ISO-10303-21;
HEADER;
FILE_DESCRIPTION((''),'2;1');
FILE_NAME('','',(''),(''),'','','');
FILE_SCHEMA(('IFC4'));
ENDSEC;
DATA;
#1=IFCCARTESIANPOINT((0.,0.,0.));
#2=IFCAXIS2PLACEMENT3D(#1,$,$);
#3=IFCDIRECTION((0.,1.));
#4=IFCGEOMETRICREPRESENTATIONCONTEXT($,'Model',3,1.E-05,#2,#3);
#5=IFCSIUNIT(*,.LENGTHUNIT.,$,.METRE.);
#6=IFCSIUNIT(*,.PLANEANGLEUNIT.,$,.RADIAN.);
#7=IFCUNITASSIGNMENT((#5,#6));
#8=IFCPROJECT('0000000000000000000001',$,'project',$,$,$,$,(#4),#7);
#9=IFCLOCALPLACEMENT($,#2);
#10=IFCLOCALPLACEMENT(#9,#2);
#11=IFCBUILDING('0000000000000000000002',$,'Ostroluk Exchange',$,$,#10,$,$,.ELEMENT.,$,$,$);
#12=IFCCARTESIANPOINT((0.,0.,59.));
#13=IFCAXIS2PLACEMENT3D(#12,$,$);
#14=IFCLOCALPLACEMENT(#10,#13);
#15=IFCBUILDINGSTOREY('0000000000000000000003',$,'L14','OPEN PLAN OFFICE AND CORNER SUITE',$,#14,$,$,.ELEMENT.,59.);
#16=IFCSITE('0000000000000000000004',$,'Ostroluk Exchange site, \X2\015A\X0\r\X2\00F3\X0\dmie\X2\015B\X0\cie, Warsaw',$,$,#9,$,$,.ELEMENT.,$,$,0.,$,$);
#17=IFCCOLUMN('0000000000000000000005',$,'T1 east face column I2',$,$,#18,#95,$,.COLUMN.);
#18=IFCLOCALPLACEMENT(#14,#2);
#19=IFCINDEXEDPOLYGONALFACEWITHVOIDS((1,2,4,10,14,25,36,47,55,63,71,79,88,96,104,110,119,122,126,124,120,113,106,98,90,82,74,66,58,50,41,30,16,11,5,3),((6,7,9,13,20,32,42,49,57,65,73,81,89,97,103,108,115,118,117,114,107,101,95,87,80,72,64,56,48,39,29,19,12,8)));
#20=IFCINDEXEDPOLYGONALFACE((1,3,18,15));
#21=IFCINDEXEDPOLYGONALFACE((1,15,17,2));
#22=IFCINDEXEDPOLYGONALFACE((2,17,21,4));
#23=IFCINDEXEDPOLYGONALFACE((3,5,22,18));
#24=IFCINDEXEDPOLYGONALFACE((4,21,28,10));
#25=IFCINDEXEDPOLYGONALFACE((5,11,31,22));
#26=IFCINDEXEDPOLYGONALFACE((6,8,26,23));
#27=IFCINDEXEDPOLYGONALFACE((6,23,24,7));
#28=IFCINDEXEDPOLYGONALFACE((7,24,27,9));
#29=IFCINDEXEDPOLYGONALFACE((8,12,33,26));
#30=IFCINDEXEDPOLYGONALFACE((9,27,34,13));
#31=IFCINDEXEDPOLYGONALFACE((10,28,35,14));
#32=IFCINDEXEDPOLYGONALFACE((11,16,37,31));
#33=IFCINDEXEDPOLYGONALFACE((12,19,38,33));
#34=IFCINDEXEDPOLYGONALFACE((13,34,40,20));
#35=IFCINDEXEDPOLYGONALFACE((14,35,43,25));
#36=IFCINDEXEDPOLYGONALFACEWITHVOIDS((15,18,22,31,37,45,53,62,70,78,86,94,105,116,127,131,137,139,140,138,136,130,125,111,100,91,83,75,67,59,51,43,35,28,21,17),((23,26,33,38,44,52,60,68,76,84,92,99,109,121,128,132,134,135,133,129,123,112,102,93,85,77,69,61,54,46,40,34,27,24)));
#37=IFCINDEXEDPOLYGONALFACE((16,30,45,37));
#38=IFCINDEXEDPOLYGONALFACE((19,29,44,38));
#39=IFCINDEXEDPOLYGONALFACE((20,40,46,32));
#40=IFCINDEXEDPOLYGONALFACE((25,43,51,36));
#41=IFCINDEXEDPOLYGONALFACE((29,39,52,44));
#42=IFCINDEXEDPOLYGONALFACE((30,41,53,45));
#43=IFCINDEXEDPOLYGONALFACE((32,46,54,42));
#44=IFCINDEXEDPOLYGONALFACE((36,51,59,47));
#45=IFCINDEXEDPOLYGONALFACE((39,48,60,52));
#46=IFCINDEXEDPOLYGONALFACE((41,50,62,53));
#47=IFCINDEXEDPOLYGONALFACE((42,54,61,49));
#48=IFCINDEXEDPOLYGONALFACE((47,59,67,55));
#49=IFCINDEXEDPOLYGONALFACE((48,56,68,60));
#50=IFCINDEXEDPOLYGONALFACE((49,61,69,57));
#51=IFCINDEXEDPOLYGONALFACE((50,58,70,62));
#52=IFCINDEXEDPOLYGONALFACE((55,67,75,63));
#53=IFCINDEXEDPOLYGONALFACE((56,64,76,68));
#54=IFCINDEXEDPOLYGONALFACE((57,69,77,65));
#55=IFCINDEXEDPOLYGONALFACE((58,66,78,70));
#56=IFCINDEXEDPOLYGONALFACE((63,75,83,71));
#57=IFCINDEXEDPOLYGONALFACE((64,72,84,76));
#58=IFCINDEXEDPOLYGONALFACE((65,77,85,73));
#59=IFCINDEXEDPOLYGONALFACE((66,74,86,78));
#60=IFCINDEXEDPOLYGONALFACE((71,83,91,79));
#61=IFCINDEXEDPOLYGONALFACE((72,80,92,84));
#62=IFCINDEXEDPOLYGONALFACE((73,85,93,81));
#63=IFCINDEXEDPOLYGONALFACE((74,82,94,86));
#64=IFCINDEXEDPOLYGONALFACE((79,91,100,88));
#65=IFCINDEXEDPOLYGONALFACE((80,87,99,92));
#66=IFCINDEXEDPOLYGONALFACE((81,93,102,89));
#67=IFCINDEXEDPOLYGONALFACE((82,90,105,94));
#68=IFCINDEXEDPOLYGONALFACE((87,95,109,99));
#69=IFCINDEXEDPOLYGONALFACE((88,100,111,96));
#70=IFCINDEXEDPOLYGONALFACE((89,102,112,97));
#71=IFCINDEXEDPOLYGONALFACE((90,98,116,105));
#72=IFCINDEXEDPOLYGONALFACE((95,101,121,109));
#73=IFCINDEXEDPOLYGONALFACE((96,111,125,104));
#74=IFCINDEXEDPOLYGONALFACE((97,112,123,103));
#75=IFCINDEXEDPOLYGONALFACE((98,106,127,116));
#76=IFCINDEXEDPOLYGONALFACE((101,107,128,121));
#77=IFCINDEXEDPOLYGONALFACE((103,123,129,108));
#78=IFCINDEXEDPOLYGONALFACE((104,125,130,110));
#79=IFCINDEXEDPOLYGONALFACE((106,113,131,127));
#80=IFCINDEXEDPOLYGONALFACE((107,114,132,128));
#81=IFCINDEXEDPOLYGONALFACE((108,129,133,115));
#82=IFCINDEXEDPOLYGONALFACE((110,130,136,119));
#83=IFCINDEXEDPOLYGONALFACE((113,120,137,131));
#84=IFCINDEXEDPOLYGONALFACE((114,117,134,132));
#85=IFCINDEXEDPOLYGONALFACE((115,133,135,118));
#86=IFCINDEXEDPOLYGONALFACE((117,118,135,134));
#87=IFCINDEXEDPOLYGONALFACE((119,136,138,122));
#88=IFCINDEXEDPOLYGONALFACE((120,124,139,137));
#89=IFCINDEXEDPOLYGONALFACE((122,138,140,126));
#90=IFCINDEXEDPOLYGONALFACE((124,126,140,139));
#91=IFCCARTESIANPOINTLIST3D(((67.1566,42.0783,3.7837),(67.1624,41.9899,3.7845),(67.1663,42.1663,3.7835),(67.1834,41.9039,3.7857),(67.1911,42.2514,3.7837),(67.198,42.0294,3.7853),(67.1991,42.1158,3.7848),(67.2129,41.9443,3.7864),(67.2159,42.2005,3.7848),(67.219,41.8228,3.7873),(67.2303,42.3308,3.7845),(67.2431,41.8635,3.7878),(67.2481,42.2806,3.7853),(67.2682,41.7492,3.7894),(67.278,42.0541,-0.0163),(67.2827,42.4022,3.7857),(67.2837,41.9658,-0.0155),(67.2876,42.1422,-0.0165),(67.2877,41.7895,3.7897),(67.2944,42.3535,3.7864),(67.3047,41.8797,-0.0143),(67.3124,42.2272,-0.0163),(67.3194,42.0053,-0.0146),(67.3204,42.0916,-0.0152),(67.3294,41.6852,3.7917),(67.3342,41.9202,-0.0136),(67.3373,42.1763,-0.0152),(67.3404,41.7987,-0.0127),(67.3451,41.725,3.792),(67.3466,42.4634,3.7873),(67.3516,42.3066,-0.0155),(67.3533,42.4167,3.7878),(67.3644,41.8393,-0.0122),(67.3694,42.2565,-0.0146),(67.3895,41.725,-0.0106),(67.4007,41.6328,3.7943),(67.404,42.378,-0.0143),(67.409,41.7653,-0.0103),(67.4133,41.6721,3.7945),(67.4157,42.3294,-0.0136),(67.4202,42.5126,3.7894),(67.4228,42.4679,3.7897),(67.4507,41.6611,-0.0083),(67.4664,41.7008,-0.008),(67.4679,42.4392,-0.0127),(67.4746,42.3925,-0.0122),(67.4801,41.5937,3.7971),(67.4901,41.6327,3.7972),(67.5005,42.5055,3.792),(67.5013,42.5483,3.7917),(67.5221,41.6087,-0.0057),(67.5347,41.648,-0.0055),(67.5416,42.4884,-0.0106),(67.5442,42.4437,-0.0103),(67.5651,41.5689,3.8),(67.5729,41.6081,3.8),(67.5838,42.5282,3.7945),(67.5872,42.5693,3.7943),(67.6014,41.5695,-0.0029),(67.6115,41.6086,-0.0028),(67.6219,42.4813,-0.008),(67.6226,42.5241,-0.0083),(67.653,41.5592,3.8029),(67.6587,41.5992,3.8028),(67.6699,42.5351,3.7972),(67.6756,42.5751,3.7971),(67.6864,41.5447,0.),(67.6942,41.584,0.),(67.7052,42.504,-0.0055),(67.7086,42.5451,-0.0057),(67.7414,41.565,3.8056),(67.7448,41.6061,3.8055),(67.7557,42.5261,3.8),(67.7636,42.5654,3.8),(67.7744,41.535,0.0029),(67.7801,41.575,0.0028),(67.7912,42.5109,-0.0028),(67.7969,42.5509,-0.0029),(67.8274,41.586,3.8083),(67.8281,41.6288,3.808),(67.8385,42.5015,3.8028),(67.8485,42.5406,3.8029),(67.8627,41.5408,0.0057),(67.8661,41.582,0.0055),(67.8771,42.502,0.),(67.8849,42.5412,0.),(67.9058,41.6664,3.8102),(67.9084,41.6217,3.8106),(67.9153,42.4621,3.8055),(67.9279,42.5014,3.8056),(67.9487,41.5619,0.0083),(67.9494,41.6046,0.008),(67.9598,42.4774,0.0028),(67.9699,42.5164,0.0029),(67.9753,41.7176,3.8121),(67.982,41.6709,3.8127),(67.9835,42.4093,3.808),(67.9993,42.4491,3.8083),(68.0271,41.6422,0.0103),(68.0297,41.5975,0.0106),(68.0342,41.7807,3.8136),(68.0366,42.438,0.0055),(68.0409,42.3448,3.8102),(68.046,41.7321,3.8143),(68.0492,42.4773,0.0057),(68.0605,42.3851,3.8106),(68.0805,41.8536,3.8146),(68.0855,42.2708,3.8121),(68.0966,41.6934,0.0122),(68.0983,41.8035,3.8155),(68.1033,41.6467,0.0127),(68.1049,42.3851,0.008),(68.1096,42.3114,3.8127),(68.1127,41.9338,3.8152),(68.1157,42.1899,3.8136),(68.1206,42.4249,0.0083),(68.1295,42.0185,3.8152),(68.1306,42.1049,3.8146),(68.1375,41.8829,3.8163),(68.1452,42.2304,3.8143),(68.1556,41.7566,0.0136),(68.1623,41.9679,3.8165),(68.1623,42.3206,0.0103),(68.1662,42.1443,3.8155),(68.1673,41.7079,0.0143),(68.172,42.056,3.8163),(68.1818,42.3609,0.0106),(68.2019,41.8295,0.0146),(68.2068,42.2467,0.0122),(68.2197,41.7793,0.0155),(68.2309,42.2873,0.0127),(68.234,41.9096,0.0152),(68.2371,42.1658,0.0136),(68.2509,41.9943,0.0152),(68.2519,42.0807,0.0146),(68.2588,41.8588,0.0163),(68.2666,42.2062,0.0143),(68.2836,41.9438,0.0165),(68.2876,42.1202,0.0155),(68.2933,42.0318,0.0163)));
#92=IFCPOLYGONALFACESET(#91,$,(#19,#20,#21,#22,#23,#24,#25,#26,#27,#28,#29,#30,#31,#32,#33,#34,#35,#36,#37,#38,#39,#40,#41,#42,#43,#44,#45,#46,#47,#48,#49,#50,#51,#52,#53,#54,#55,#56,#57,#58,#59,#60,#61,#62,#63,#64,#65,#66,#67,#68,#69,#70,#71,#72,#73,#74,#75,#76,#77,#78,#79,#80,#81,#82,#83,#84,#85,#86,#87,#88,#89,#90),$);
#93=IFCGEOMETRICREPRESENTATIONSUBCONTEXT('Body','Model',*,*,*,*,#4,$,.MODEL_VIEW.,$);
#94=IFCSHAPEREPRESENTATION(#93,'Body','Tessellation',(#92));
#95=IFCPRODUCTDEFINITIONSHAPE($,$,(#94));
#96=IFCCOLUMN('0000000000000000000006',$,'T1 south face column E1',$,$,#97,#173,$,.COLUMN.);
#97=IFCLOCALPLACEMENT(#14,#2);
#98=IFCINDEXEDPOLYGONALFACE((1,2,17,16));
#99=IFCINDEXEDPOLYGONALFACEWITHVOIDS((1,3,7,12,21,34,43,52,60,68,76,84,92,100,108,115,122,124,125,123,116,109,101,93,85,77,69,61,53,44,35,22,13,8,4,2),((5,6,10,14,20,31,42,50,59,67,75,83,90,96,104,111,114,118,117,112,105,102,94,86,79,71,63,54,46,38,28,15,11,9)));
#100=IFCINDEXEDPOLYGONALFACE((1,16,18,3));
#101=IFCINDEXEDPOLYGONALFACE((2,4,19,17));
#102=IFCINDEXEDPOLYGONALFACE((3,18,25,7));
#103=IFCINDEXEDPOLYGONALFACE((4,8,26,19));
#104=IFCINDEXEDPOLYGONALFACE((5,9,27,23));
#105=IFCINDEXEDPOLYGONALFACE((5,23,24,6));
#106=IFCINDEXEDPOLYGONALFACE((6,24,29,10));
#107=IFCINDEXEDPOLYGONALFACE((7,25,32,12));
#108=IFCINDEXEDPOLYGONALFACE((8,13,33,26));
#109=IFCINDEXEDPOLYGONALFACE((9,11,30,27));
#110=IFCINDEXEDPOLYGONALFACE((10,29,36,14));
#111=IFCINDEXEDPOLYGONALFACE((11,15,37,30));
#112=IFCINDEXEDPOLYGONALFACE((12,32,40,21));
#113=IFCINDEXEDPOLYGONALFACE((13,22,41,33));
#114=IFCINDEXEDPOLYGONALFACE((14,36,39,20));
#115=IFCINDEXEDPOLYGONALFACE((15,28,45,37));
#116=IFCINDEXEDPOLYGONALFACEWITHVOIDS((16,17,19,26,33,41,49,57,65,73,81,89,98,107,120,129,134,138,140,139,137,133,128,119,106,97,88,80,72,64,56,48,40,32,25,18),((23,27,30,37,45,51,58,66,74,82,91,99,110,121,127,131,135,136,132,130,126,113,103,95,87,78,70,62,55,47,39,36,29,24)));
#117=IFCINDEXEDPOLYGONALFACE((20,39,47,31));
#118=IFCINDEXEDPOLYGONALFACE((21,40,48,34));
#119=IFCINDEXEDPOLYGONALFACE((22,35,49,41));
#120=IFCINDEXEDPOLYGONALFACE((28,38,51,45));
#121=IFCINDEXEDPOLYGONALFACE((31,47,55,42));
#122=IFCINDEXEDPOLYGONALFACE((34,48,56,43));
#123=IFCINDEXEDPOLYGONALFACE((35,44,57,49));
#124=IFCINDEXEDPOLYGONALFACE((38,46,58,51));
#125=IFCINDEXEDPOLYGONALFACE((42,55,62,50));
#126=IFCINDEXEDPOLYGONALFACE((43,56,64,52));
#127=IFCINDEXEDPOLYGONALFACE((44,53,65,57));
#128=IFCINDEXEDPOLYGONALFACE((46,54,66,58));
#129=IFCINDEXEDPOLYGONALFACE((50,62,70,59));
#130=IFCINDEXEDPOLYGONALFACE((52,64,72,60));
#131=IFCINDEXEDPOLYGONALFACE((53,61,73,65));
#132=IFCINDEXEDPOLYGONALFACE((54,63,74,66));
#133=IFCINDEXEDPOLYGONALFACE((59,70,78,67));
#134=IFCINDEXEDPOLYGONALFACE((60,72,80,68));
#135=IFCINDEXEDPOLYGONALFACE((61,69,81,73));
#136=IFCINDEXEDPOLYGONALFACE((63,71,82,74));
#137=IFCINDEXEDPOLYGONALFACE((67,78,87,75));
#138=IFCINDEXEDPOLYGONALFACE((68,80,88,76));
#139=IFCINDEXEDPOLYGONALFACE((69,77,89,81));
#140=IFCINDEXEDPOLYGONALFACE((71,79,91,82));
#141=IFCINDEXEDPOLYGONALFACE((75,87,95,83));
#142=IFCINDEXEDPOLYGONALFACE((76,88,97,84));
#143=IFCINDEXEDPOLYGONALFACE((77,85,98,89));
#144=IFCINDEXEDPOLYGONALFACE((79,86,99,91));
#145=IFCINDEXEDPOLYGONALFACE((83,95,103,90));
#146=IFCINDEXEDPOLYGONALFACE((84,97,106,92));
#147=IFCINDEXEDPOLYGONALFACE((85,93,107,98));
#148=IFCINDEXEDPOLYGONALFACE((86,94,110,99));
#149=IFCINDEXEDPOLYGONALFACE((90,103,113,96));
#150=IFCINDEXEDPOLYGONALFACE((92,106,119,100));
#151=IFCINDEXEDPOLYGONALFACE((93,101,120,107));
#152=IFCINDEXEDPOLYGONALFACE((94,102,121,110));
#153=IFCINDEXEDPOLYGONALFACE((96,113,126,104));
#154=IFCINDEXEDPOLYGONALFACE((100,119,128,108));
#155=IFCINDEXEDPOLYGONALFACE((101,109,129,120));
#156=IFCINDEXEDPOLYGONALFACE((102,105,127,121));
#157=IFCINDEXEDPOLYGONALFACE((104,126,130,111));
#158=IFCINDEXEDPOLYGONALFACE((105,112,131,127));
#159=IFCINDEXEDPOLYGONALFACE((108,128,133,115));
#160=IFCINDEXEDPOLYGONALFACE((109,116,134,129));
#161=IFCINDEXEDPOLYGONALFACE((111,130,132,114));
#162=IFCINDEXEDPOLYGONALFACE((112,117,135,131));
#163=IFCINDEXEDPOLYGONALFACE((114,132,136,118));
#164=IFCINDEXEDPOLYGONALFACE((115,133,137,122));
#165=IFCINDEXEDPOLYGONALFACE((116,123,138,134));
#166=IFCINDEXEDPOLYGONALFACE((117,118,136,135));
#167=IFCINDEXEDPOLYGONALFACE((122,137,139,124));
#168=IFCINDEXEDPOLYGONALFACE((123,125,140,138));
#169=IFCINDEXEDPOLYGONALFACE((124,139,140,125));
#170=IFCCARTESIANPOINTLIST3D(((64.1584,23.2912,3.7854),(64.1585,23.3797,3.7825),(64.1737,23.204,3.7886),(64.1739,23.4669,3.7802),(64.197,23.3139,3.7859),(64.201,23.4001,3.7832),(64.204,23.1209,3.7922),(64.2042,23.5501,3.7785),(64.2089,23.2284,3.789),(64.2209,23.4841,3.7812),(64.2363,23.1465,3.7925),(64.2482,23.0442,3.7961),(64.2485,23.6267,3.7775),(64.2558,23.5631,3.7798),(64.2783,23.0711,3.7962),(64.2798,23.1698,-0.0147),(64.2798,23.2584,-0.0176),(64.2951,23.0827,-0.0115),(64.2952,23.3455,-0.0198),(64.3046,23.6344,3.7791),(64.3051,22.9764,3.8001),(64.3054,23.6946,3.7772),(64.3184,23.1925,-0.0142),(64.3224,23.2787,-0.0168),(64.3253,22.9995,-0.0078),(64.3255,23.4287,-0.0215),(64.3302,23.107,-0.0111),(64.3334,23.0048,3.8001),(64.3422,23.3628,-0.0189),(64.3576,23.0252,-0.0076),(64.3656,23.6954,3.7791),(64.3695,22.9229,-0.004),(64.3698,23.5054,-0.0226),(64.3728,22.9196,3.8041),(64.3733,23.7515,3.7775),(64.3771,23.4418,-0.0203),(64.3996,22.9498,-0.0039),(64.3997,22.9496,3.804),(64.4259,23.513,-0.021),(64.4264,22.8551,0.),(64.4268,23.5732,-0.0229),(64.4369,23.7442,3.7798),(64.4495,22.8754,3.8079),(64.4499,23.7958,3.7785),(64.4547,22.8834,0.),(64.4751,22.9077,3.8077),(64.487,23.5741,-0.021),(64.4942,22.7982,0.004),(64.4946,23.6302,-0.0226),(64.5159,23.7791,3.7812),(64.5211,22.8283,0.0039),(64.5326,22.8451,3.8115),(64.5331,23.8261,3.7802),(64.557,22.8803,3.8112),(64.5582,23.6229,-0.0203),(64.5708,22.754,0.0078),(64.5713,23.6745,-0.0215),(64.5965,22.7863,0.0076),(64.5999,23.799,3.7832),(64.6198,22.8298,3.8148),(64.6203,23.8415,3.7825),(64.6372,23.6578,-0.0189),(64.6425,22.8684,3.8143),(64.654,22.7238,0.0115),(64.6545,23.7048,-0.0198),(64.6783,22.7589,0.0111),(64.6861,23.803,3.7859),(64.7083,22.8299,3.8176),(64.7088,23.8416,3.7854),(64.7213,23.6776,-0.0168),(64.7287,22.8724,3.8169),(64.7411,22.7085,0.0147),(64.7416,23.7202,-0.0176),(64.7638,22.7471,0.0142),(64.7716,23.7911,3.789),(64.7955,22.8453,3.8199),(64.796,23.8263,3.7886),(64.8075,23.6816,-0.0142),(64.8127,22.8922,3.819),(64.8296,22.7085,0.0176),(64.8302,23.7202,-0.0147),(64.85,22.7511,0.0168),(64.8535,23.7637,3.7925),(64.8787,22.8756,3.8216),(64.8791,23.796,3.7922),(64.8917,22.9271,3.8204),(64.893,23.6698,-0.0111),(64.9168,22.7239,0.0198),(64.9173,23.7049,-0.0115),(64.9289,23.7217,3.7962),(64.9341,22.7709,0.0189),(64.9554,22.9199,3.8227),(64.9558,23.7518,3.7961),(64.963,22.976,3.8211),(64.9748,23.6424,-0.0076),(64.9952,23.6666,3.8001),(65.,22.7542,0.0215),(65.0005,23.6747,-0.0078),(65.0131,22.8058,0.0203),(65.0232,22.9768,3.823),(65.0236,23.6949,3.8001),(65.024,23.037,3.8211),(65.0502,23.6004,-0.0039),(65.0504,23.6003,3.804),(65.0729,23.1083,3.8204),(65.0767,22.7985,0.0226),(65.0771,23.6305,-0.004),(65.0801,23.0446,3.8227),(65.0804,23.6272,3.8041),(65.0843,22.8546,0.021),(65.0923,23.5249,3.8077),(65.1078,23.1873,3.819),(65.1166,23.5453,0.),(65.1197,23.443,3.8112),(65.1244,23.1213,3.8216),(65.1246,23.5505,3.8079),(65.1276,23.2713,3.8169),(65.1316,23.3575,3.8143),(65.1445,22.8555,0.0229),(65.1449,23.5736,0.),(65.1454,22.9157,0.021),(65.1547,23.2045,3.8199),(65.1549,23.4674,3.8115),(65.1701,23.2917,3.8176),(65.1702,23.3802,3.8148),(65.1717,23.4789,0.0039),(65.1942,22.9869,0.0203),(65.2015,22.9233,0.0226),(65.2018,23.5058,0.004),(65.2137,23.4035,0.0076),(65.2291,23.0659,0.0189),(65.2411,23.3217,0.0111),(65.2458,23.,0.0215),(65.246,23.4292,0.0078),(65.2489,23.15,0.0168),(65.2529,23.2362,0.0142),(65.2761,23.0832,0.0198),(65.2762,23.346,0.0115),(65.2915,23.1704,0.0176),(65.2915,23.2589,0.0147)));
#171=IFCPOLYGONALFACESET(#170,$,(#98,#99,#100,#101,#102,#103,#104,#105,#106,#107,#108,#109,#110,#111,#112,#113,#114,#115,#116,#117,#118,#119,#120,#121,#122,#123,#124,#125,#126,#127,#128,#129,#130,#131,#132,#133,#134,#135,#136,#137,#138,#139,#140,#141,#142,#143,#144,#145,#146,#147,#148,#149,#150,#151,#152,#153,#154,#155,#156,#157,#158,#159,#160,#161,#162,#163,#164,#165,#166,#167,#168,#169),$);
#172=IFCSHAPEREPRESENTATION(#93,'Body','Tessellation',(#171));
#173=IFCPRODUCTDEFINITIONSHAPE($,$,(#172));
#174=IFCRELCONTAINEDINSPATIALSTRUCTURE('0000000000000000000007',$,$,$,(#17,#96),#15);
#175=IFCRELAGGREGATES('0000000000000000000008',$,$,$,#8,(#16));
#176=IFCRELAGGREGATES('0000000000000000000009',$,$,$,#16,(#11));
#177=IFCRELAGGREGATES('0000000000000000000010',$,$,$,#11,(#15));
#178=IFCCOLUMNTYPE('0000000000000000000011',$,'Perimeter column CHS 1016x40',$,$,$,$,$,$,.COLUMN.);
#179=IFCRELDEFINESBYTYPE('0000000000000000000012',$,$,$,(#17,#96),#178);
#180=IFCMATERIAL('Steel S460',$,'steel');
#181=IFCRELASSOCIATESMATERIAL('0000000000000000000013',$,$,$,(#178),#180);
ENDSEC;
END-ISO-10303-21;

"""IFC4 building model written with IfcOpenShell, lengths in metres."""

from ifc_helpers import new_model, si_unit, direction, frame, origin, origin_2d, place, context, subcontext, project, spatial, hollow_circle, extrude, material, material_profile, profile_set, type_object, element, save


model = new_model("IFC4")

# Units and contexts
model_context = context("Model", 3, precision=1e-05, world=origin(), true_north=direction((0.0, 1.0)))
body_context = subcontext(model_context, "Body", "Model", "MODEL_VIEW")
ifc_project = project(units=[si_unit("LENGTHUNIT", "METRE"), si_unit("PLANEANGLEUNIT", "RADIAN")], contexts=[model_context])

# Site, building, storey
site_placement = place(None, origin())
site = spatial("IfcSite", under=ifc_project, at=site_placement, Name="Ostroluk Exchange site, Śródmieście, Warsaw", CompositionType="ELEMENT", RefElevation=0.0)
building_placement = place(site_placement, origin())
building = spatial("IfcBuilding", under=site, at=building_placement, Name="Ostroluk Exchange", CompositionType="ELEMENT")
storey_placement = place(building_placement, frame((0.0, 0.0, 59.0)))
storey = spatial("IfcBuildingStorey", under=building, at=storey_placement, Name="L14", Description="OPEN PLAN OFFICE AND CORNER SUITE", CompositionType="ELEMENT", Elevation=59.0)

# Columns
ifc_material_1 = material(Name="Steel S460", Category="steel")
ifc_material_profile_1 = material_profile(ifc_material_1, hollow_circle(Radius=0.5081, WallThickness=0.04, at=origin_2d()), Name="CHS 1016x40")
ifc_profile_set_1 = profile_set([ifc_material_profile_1], Name="Steel S460")
column_type_1 = type_object("IfcColumnType", Name="Perimeter column CHS 1016x40", PredefinedType="COLUMN", material=ifc_profile_set_1)
column_1_placement = place(storey_placement, frame((67.7856, 42.043, 0.0), z_axis=(-0.031914, 0.006357, 0.99947), x_axis=(-0.195357, -0.980732, 0.0)))
element("IfcColumn", 1, at=column_1_placement, inside=storey, type_object=column_type_1, Name="T1 east face column I2", PredefinedType="COLUMN", context=body_context, shape_type="SweptSolid", body=[
    extrude(hollow_circle(Radius=0.5081, WallThickness=0.04, at=origin_2d()), origin(), (0.0, 0.0, 1.0), 3.802),
])
column_2_placement = place(storey_placement, frame((64.7856, 23.2144, 0.0), z_axis=(-0.031898, 0.031898, 0.998982), x_axis=(-0.707107, -0.707107, 0.0)))
element("IfcColumn", 2, at=column_2_placement, inside=storey, type_object=column_type_1, Name="T1 south face column E1", PredefinedType="COLUMN", context=body_context, shape_type="SweptSolid", body=[
    extrude(hollow_circle(Radius=0.5081, WallThickness=0.04, at=origin_2d()), origin(), (0.0, 0.0, 1.0), 3.804),
])

save(model, "model.ifc")
